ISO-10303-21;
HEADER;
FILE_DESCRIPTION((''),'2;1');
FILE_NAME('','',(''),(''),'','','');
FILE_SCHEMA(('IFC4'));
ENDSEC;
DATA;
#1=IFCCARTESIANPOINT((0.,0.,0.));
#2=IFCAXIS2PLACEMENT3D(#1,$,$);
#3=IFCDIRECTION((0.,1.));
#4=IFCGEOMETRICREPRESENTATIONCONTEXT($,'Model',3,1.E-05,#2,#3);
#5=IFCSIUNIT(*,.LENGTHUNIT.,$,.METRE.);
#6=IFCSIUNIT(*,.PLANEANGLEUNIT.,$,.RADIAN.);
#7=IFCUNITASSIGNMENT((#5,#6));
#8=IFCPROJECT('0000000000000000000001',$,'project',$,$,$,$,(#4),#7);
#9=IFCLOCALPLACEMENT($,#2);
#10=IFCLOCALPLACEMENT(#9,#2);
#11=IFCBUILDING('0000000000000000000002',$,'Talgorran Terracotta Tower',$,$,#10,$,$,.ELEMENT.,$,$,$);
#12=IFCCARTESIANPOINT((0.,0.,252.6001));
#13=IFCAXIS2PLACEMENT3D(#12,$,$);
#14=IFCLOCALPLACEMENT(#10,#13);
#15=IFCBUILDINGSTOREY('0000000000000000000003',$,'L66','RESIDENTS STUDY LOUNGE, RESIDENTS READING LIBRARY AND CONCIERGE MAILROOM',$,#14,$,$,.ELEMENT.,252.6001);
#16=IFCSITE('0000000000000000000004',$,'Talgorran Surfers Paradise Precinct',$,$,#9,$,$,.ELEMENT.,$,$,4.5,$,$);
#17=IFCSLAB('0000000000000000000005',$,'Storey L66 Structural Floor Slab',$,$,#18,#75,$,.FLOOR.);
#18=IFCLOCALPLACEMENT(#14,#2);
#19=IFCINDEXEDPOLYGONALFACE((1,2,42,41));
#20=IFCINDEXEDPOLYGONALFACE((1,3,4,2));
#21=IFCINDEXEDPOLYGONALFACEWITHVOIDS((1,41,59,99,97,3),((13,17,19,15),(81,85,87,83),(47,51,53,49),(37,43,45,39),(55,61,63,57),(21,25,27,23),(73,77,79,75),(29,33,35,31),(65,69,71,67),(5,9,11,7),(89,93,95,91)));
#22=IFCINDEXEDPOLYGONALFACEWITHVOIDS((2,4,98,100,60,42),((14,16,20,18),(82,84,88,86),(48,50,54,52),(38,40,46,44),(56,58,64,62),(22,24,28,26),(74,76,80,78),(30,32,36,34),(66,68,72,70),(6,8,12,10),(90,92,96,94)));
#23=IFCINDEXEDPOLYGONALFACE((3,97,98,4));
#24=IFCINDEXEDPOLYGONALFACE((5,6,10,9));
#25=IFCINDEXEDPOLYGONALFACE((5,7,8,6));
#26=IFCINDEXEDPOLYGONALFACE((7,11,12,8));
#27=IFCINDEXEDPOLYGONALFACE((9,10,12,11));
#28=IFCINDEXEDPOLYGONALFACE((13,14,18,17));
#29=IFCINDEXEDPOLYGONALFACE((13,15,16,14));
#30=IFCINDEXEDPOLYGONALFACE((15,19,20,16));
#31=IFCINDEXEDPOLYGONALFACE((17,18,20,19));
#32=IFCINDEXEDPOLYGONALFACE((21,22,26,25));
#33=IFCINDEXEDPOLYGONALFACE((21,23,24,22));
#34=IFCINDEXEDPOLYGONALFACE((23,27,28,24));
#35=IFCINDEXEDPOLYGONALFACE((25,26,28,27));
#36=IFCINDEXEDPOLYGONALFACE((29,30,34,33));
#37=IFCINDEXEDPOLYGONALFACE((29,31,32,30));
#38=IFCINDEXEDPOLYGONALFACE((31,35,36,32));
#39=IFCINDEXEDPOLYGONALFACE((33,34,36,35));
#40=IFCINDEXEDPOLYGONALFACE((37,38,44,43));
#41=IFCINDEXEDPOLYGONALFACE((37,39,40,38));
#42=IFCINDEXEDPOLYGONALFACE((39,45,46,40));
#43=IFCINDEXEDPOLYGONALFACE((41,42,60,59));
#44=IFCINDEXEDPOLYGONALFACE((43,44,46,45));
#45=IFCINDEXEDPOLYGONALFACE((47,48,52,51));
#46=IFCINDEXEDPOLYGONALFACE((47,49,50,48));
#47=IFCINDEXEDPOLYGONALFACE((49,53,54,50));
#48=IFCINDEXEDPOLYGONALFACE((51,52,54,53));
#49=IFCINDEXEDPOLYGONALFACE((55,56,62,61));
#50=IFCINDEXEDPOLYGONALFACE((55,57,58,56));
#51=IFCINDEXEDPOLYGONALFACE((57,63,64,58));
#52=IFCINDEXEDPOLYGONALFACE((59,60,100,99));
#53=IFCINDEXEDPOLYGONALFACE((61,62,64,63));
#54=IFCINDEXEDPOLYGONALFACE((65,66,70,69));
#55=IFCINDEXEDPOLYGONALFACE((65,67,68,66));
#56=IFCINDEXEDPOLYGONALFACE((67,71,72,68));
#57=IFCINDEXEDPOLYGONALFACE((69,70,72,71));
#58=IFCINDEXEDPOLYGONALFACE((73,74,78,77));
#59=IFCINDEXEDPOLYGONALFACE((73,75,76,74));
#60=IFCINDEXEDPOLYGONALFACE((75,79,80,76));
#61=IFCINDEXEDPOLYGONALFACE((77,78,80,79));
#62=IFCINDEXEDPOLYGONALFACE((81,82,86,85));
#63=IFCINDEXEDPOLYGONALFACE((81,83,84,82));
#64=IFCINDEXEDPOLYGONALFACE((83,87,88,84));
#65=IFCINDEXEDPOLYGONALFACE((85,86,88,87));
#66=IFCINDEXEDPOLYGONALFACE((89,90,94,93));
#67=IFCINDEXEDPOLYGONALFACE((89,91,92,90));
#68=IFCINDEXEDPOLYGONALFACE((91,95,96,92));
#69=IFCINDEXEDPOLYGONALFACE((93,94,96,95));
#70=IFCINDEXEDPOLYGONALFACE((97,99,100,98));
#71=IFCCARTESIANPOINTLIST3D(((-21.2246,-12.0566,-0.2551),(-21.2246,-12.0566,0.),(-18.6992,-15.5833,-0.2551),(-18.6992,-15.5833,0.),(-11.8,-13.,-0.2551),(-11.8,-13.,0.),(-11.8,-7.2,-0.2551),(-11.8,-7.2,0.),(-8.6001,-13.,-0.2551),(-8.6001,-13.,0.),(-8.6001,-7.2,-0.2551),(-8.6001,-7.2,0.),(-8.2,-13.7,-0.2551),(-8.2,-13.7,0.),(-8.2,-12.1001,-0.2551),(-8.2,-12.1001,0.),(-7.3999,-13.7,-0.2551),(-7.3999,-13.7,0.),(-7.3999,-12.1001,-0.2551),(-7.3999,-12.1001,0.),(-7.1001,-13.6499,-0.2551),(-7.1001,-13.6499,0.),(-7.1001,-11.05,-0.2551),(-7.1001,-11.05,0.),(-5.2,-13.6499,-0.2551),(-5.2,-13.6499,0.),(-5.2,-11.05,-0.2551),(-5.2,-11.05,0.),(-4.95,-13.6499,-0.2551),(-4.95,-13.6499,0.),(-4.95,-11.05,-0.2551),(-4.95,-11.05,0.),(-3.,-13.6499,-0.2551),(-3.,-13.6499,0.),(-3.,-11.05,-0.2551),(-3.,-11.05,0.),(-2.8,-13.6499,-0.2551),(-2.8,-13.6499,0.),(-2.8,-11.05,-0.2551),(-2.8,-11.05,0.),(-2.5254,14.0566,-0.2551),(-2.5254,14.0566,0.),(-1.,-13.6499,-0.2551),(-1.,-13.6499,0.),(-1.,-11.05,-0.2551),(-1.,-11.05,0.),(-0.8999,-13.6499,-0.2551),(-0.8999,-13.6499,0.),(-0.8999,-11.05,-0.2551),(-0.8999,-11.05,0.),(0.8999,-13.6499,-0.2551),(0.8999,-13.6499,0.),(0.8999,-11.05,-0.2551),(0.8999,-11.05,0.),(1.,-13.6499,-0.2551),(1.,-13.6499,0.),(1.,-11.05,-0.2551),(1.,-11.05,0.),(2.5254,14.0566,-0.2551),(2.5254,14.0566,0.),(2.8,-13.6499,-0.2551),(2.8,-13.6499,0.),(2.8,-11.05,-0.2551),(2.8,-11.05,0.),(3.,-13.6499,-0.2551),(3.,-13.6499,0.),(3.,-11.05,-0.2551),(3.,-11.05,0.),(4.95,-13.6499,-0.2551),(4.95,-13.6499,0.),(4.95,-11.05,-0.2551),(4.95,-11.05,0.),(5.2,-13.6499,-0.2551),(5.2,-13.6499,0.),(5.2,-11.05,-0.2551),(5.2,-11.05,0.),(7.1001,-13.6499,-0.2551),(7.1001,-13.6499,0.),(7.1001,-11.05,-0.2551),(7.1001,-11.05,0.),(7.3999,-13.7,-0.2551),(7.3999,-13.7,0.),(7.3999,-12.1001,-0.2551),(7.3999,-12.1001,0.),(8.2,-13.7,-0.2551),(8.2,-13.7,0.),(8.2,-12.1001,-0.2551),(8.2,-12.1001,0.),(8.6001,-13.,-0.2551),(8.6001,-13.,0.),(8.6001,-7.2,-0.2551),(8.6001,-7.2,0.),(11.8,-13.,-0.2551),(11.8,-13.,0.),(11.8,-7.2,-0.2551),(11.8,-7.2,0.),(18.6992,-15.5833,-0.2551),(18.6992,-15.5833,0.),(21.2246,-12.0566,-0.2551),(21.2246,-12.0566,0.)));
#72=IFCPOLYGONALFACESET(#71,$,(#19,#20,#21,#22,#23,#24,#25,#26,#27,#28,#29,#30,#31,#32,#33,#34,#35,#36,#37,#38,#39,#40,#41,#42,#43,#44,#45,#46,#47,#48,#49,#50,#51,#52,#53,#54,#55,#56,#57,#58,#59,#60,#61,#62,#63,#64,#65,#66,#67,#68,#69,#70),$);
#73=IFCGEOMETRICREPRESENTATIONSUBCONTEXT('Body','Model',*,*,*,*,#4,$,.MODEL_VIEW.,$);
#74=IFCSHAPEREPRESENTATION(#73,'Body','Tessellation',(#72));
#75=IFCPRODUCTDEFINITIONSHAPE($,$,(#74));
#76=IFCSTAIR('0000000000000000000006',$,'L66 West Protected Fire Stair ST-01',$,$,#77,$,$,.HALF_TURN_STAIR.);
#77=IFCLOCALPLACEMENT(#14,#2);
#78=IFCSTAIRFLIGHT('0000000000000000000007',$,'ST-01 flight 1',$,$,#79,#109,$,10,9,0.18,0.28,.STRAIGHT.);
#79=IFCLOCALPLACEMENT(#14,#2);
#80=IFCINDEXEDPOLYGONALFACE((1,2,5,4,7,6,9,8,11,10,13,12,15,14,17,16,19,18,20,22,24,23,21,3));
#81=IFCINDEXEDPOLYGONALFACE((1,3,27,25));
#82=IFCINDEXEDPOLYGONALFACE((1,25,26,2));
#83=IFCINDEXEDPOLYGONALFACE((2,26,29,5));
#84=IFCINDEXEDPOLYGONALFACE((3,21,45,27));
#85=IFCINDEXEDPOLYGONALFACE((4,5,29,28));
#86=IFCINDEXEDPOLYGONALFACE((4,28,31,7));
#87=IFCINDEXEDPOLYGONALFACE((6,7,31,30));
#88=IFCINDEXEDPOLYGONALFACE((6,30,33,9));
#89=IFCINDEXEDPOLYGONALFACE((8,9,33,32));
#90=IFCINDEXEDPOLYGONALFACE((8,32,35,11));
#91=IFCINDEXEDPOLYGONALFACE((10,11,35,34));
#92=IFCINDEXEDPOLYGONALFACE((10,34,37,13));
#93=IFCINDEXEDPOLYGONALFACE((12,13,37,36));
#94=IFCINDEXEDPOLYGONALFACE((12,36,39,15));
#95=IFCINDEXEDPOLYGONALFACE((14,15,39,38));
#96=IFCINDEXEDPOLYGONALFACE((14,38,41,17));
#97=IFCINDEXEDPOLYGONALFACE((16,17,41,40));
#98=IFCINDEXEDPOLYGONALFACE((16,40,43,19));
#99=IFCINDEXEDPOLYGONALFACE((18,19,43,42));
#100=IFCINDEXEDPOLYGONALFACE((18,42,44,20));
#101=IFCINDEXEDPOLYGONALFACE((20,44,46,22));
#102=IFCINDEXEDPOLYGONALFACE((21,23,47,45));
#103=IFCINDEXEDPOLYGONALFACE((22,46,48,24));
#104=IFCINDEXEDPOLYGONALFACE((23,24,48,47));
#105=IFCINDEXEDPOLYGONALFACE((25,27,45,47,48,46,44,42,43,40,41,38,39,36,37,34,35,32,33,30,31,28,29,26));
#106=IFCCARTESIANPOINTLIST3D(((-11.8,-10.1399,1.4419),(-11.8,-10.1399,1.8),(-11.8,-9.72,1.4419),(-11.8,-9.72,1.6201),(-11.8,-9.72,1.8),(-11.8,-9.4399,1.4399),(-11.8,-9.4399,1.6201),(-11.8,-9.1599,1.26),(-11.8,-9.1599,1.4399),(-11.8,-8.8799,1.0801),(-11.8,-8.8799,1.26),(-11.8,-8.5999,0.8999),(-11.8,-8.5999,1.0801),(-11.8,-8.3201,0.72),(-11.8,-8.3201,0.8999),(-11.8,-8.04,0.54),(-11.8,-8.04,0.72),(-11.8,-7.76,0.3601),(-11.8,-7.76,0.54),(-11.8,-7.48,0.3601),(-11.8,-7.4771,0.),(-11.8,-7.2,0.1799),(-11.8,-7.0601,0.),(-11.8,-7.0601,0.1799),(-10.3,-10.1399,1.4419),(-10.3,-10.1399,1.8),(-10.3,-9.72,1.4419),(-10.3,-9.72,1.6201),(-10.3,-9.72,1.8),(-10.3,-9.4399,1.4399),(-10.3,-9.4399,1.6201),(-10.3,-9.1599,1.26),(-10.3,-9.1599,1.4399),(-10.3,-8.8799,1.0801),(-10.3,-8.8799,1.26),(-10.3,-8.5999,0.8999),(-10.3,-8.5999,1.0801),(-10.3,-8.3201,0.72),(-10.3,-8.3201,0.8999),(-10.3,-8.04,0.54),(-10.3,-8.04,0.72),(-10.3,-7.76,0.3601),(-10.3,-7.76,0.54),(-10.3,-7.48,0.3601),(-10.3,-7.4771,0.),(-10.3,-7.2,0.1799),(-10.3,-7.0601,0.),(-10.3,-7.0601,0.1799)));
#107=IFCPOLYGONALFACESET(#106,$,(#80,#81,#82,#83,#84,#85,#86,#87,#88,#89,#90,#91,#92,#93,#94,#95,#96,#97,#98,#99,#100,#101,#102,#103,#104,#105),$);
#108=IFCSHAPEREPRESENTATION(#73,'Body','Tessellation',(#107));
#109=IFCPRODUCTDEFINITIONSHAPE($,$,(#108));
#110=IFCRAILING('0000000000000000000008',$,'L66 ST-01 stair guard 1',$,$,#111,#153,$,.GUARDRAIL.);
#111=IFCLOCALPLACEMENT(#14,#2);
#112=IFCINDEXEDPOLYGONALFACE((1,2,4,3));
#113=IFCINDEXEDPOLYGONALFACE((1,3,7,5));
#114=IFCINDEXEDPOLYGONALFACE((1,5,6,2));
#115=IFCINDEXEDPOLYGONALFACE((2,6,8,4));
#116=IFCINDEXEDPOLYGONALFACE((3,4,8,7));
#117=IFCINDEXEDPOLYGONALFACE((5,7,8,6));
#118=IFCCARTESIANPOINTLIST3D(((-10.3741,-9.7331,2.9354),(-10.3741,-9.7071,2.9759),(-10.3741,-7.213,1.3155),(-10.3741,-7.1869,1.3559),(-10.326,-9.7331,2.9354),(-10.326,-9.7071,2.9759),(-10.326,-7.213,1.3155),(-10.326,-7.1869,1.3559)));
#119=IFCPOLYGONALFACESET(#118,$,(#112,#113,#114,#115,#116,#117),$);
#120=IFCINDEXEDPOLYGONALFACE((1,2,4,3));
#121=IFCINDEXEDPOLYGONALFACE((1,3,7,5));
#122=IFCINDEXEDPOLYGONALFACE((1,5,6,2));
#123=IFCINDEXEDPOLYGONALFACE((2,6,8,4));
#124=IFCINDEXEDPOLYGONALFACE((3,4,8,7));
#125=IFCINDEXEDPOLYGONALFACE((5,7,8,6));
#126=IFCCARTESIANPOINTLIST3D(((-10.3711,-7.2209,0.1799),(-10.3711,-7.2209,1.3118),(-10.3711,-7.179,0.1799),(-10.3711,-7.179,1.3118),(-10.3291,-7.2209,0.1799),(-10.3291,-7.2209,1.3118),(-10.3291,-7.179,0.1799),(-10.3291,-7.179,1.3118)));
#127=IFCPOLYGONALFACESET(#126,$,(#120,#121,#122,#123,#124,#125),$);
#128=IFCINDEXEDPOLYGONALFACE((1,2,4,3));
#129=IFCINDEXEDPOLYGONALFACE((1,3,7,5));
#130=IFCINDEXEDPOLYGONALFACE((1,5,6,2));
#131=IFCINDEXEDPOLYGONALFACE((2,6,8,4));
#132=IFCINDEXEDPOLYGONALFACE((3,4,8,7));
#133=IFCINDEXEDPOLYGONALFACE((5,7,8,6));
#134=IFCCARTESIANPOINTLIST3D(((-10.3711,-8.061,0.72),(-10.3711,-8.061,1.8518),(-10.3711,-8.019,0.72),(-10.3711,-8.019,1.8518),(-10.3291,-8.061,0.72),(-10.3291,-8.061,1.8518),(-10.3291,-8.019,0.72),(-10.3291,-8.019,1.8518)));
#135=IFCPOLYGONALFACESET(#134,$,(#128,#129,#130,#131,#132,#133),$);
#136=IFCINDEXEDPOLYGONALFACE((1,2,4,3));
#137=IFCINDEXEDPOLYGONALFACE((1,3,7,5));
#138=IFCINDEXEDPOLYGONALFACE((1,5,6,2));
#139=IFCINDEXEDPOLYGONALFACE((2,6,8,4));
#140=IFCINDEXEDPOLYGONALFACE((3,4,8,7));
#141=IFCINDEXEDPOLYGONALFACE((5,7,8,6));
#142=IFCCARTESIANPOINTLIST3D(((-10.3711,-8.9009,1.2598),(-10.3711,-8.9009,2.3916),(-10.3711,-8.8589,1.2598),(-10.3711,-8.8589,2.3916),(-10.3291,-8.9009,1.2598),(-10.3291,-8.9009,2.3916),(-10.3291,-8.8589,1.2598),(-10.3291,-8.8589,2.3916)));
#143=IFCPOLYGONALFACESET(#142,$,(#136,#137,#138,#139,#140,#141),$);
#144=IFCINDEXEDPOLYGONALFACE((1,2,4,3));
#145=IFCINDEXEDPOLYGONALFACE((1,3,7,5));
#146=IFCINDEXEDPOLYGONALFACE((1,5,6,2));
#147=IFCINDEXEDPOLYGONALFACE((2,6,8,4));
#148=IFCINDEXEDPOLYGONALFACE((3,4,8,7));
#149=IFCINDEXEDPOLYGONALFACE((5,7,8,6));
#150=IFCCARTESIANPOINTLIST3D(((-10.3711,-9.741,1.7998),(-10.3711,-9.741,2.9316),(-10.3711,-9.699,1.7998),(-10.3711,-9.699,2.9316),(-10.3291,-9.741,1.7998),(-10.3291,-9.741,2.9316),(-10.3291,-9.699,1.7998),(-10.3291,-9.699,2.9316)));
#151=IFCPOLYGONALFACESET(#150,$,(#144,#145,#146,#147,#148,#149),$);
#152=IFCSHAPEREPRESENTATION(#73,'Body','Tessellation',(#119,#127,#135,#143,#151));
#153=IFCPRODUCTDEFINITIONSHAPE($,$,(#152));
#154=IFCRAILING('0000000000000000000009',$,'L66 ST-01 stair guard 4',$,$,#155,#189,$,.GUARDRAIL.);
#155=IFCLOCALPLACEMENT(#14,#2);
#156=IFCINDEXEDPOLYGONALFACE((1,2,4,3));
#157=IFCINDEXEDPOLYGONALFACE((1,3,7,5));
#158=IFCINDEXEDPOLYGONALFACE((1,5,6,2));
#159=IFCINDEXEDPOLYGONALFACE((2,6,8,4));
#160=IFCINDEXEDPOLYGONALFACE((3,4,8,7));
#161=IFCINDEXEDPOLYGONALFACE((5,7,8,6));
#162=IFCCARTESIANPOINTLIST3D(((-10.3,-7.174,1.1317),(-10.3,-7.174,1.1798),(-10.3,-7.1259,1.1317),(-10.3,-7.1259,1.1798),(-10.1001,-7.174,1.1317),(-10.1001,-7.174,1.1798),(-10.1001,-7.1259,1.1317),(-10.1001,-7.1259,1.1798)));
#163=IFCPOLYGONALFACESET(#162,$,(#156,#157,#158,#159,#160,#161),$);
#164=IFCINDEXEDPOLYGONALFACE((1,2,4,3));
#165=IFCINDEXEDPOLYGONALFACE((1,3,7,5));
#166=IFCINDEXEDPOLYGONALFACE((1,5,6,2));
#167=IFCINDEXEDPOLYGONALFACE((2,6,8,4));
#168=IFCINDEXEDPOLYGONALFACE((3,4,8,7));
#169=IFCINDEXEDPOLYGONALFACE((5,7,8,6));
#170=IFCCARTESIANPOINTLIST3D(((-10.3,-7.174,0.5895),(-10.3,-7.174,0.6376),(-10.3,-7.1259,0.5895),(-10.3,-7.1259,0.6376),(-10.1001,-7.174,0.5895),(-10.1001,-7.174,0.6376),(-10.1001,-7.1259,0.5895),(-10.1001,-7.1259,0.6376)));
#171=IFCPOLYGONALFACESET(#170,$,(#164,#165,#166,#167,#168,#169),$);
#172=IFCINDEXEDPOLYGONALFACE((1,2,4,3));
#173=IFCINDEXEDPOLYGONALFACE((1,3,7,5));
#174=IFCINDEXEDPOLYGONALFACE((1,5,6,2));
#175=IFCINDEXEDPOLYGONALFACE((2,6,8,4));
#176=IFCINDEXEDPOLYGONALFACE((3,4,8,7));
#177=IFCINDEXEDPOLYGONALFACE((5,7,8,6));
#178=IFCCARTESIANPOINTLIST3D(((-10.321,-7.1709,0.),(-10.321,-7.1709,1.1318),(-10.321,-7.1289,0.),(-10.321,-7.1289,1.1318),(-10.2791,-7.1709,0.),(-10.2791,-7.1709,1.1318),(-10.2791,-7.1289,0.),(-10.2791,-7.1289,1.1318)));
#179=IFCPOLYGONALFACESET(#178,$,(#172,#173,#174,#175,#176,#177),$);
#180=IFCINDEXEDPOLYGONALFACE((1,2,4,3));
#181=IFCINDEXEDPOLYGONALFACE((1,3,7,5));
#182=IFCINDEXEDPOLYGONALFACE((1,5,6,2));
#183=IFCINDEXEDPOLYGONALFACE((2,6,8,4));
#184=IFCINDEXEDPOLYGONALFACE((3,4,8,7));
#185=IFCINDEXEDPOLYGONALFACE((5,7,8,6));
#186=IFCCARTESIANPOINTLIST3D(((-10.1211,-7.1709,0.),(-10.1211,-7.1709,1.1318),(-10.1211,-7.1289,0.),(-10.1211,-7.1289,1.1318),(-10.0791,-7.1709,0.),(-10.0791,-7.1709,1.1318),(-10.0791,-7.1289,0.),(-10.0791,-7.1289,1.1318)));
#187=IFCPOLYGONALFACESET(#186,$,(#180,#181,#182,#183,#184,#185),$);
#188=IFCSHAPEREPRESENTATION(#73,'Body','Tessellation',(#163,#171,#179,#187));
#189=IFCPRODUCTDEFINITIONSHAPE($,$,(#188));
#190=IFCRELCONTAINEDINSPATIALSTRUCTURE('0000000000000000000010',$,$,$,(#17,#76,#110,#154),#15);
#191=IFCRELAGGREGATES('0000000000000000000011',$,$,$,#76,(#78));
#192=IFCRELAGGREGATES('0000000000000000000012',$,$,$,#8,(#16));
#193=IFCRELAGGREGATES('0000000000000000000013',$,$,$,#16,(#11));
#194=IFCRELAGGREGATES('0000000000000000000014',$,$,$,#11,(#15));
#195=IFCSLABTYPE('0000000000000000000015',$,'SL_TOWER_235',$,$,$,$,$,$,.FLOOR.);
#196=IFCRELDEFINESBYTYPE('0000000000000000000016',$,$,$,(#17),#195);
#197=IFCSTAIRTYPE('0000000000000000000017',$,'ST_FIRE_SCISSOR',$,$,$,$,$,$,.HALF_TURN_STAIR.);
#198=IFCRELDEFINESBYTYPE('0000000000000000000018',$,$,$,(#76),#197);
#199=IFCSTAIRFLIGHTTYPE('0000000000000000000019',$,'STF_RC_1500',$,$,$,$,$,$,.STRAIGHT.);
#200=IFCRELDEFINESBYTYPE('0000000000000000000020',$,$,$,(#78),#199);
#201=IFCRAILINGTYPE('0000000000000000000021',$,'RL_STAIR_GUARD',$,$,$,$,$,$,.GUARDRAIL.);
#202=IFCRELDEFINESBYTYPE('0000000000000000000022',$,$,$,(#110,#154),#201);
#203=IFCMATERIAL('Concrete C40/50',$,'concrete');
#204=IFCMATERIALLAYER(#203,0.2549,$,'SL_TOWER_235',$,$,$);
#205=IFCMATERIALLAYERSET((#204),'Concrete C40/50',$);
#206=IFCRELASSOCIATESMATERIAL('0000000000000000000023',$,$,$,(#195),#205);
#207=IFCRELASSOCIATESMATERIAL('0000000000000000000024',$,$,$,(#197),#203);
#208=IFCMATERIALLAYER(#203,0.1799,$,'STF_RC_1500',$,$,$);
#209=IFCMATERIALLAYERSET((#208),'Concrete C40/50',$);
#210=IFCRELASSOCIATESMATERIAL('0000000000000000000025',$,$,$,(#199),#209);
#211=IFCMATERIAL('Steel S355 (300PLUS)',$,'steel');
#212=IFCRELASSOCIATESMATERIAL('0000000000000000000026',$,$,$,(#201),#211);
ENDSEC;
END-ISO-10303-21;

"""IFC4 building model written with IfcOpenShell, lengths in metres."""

from ifc_helpers import new_model, si_unit, direction, frame, origin, origin_2d, place, context, subcontext, project, spatial, polyline, rectangle, outline, extrude, material, layer, layer_set, type_object, element, aggregate, save


model = new_model("IFC4")

# Units and contexts
model_context = context("Model", 3, precision=1e-05, world=origin(), true_north=direction((0.0, 1.0)))
body_context = subcontext(model_context, "Body", "Model", "MODEL_VIEW")
ifc_project = project(units=[si_unit("LENGTHUNIT", "METRE"), si_unit("PLANEANGLEUNIT", "RADIAN")], contexts=[model_context])

# Site, building, storey
site_placement = place(None, origin())
site = spatial("IfcSite", under=ifc_project, at=site_placement, Name="Talgorran Surfers Paradise Precinct", CompositionType="ELEMENT", RefElevation=4.5)
building_placement = place(site_placement, origin())
building = spatial("IfcBuilding", under=site, at=building_placement, Name="Talgorran Terracotta Tower", CompositionType="ELEMENT")
storey_placement = place(building_placement, frame((0.0, 0.0, 252.6001)))
storey = spatial("IfcBuildingStorey", under=building, at=storey_placement, Name="L66", Description="RESIDENTS STUDY LOUNGE, RESIDENTS READING LIBRARY AND CONCIERGE MAILROOM", CompositionType="ELEMENT", Elevation=252.6001)

# Shared definitions
ifc_material_1 = material(Name="Steel S355 (300PLUS)", Category="steel")

# Slab
ifc_material_2 = material(Name="Concrete C40/50", Category="concrete")
ifc_layer_1 = layer(ifc_material_2, 0.2549, Name="SL_TOWER_235")
ifc_layer_set_1 = layer_set([ifc_layer_1], Name="Concrete C40/50")
slab_type_1 = type_object("IfcSlabType", Name="SL_TOWER_235", PredefinedType="FLOOR", material=ifc_layer_set_1)
slab_1_placement = place(storey_placement, frame((0.0, 0.0, -0.2551)))
element("IfcSlab", 1, at=slab_1_placement, inside=storey, type_object=slab_type_1, Name="Storey L66 Structural Floor Slab", PredefinedType="FLOOR", context=body_context, shape_type="SweptSolid", body=[
    extrude(outline(polyline([(-21.2246, -12.0566), (-18.6992, -15.5833), (18.6992, -15.5833), (21.2246, -12.0566), (2.5254, 14.0566), (-2.5254, 14.0566), (-21.2246, -12.0566)]), holes=[polyline([(-11.8, -7.2), (-11.8, -13.0), (-8.6001, -13.0), (-8.6001, -7.2), (-11.8, -7.2)]), polyline([(8.6001, -7.2), (8.6001, -13.0), (11.8, -13.0), (11.8, -7.2), (8.6001, -7.2)]), polyline([(-7.1001, -13.6499), (-5.2, -13.6499), (-5.2, -11.05), (-7.1001, -11.05), (-7.1001, -13.6499)]), polyline([(5.2, -13.6499), (7.1001, -13.6499), (7.1001, -11.05), (5.2, -11.05), (5.2, -13.6499)]), polyline([(3.0, -13.6499), (4.95, -13.6499), (4.95, -11.05), (3.0, -11.05), (3.0, -13.6499)]), polyline([(-4.95, -13.6499), (-3.0, -13.6499), (-3.0, -11.05), (-4.95, -11.05), (-4.95, -13.6499)]), polyline([(-2.8, -13.6499), (-1.0, -13.6499), (-1.0, -11.05), (-2.8, -11.05), (-2.8, -13.6499)]), polyline([(-0.8999, -13.6499), (0.8999, -13.6499), (0.8999, -11.05), (-0.8999, -11.05), (-0.8999, -13.6499)]), polyline([(1.0, -13.6499), (2.8, -13.6499), (2.8, -11.05), (1.0, -11.05), (1.0, -13.6499)]), polyline([(-8.2, -13.7), (-7.3999, -13.7), (-7.3999, -12.1001), (-8.2, -12.1001), (-8.2, -13.7)]), polyline([(7.3999, -13.7), (8.2, -13.7), (8.2, -12.1001), (7.3999, -12.1001), (7.3999, -13.7)])]), origin(), (0.0, 0.0, 1.0), 0.2551),
])

# Stair, stair flight
stair_type = type_object("IfcStairType", Name="ST_FIRE_SCISSOR", PredefinedType="HALF_TURN_STAIR", material=ifc_material_2)
stair_placement = place(storey_placement, origin())
stair = element("IfcStair", 2, at=stair_placement, inside=storey, type_object=stair_type, Name="L66 West Protected Fire Stair ST-01", PredefinedType="HALF_TURN_STAIR")
ifc_layer_2 = layer(ifc_material_2, 0.1799, Name="STF_RC_1500")
ifc_layer_set_2 = layer_set([ifc_layer_2], Name="Concrete C40/50")
stair_flight_type = type_object("IfcStairFlightType", Name="STF_RC_1500", PredefinedType="STRAIGHT", material=ifc_layer_set_2)
stair_flight_placement = place(storey_placement, frame((-11.05, -7.2, 0.0), z_axis=(0.0, 0.0, 1.0), x_axis=(0.0, -1.0, 0.0)))
stair_flight = element("IfcStairFlight", 3, at=stair_flight_placement, type_object=stair_flight_type, Name="ST-01 flight 1", NumberOfRisers=10, NumberOfTreads=9, PredefinedType="STRAIGHT", RiserHeight=0.18, TreadLength=0.28, context=body_context, shape_type="SweptSolid", body=[
    extrude(outline(polyline([(-0.1399, 0.0), (-0.1399, 0.1799), (0.0, 0.1799), (0.28, 0.3601), (0.5601, 0.3601), (0.5601, 0.54), (0.8401, 0.54), (0.8401, 0.72), (1.1201, 0.72), (1.1201, 0.8999), (1.3999, 0.8999), (1.3999, 1.0801), (1.6799, 1.0801), (1.6799, 1.26), (1.96, 1.26), (1.96, 1.4399), (2.24, 1.4399), (2.24, 1.6201), (2.52, 1.6201), (2.52, 1.8), (2.9399, 1.8), (2.9399, 1.4419), (2.52, 1.4419), (0.2771, 0.0), (-0.1399, 0.0)])), frame((0.0, 0.75, 0.0), z_axis=(0.0, -1.0, 0.0), x_axis=(1.0, 0.0, 0.0)), (0.0, 0.0, 1.0), 1.5),
])
aggregate(stair, [stair_flight])

# Railings
railing_type = type_object("IfcRailingType", Name="RL_STAIR_GUARD", PredefinedType="GUARDRAIL", material=ifc_material_1)
railing_1_placement = place(storey_placement, frame((-10.3501, -7.2, 0.1799)))
element("IfcRailing", 4, at=railing_1_placement, inside=storey, type_object=railing_type, Name="L66 ST-01 stair guard 1", PredefinedType="GUARDRAIL", context=body_context, shape_type="SweptSolid", body=[
    extrude(rectangle(XDim=0.0481, YDim=0.0481, at=origin_2d()), frame((0.0, 0.0, 1.1558), z_axis=(0.0, -0.8412, 0.540725), x_axis=(1.0, 0.0, 0.0)), (0.0, 0.0, 1.0), 2.9958),
    extrude(rectangle(XDim=0.042, YDim=0.042, at=origin_2d()), origin(), (0.0, 0.0, 1.0), 1.1318),
    extrude(rectangle(XDim=0.042, YDim=0.042, at=origin_2d()), frame((0.0, -0.8401, 0.54)), (0.0, 0.0, 1.0), 1.1318),
    extrude(rectangle(XDim=0.042, YDim=0.042, at=origin_2d()), frame((0.0, -1.6799, 1.0798)), (0.0, 0.0, 1.0), 1.1318),
    extrude(rectangle(XDim=0.042, YDim=0.042, at=origin_2d()), frame((0.0, -2.52, 1.6199)), (0.0, 0.0, 1.0), 1.1318),
])
railing_2_placement = place(storey_placement, frame((-10.3, -7.1499, 0.0)))
element("IfcRailing", 5, at=railing_2_placement, inside=storey, type_object=railing_type, Name="L66 ST-01 stair guard 4", PredefinedType="GUARDRAIL", context=body_context, shape_type="SweptSolid", body=[
    extrude(rectangle(XDim=0.0481, YDim=0.0481, at=origin_2d()), frame((0.0, 0.0, 1.1558), z_axis=(1.0, 0.0, 0.0), x_axis=(0.0, 1.0, 0.0)), (0.0, 0.0, 1.0), 0.2),
    extrude(rectangle(XDim=0.0481, YDim=0.0481, at=origin_2d()), frame((0.0, 0.0, 0.6135), z_axis=(1.0, 0.0, 0.0), x_axis=(0.0, 1.0, 0.0)), (0.0, 0.0, 1.0), 0.2),
    extrude(rectangle(XDim=0.042, YDim=0.042, at=origin_2d()), origin(), (0.0, 0.0, 1.0), 1.1318),
    extrude(rectangle(XDim=0.042, YDim=0.042, at=origin_2d()), frame((0.2, 0.0, 0.0)), (0.0, 0.0, 1.0), 1.1318),
])

save(model, "model.ifc")
